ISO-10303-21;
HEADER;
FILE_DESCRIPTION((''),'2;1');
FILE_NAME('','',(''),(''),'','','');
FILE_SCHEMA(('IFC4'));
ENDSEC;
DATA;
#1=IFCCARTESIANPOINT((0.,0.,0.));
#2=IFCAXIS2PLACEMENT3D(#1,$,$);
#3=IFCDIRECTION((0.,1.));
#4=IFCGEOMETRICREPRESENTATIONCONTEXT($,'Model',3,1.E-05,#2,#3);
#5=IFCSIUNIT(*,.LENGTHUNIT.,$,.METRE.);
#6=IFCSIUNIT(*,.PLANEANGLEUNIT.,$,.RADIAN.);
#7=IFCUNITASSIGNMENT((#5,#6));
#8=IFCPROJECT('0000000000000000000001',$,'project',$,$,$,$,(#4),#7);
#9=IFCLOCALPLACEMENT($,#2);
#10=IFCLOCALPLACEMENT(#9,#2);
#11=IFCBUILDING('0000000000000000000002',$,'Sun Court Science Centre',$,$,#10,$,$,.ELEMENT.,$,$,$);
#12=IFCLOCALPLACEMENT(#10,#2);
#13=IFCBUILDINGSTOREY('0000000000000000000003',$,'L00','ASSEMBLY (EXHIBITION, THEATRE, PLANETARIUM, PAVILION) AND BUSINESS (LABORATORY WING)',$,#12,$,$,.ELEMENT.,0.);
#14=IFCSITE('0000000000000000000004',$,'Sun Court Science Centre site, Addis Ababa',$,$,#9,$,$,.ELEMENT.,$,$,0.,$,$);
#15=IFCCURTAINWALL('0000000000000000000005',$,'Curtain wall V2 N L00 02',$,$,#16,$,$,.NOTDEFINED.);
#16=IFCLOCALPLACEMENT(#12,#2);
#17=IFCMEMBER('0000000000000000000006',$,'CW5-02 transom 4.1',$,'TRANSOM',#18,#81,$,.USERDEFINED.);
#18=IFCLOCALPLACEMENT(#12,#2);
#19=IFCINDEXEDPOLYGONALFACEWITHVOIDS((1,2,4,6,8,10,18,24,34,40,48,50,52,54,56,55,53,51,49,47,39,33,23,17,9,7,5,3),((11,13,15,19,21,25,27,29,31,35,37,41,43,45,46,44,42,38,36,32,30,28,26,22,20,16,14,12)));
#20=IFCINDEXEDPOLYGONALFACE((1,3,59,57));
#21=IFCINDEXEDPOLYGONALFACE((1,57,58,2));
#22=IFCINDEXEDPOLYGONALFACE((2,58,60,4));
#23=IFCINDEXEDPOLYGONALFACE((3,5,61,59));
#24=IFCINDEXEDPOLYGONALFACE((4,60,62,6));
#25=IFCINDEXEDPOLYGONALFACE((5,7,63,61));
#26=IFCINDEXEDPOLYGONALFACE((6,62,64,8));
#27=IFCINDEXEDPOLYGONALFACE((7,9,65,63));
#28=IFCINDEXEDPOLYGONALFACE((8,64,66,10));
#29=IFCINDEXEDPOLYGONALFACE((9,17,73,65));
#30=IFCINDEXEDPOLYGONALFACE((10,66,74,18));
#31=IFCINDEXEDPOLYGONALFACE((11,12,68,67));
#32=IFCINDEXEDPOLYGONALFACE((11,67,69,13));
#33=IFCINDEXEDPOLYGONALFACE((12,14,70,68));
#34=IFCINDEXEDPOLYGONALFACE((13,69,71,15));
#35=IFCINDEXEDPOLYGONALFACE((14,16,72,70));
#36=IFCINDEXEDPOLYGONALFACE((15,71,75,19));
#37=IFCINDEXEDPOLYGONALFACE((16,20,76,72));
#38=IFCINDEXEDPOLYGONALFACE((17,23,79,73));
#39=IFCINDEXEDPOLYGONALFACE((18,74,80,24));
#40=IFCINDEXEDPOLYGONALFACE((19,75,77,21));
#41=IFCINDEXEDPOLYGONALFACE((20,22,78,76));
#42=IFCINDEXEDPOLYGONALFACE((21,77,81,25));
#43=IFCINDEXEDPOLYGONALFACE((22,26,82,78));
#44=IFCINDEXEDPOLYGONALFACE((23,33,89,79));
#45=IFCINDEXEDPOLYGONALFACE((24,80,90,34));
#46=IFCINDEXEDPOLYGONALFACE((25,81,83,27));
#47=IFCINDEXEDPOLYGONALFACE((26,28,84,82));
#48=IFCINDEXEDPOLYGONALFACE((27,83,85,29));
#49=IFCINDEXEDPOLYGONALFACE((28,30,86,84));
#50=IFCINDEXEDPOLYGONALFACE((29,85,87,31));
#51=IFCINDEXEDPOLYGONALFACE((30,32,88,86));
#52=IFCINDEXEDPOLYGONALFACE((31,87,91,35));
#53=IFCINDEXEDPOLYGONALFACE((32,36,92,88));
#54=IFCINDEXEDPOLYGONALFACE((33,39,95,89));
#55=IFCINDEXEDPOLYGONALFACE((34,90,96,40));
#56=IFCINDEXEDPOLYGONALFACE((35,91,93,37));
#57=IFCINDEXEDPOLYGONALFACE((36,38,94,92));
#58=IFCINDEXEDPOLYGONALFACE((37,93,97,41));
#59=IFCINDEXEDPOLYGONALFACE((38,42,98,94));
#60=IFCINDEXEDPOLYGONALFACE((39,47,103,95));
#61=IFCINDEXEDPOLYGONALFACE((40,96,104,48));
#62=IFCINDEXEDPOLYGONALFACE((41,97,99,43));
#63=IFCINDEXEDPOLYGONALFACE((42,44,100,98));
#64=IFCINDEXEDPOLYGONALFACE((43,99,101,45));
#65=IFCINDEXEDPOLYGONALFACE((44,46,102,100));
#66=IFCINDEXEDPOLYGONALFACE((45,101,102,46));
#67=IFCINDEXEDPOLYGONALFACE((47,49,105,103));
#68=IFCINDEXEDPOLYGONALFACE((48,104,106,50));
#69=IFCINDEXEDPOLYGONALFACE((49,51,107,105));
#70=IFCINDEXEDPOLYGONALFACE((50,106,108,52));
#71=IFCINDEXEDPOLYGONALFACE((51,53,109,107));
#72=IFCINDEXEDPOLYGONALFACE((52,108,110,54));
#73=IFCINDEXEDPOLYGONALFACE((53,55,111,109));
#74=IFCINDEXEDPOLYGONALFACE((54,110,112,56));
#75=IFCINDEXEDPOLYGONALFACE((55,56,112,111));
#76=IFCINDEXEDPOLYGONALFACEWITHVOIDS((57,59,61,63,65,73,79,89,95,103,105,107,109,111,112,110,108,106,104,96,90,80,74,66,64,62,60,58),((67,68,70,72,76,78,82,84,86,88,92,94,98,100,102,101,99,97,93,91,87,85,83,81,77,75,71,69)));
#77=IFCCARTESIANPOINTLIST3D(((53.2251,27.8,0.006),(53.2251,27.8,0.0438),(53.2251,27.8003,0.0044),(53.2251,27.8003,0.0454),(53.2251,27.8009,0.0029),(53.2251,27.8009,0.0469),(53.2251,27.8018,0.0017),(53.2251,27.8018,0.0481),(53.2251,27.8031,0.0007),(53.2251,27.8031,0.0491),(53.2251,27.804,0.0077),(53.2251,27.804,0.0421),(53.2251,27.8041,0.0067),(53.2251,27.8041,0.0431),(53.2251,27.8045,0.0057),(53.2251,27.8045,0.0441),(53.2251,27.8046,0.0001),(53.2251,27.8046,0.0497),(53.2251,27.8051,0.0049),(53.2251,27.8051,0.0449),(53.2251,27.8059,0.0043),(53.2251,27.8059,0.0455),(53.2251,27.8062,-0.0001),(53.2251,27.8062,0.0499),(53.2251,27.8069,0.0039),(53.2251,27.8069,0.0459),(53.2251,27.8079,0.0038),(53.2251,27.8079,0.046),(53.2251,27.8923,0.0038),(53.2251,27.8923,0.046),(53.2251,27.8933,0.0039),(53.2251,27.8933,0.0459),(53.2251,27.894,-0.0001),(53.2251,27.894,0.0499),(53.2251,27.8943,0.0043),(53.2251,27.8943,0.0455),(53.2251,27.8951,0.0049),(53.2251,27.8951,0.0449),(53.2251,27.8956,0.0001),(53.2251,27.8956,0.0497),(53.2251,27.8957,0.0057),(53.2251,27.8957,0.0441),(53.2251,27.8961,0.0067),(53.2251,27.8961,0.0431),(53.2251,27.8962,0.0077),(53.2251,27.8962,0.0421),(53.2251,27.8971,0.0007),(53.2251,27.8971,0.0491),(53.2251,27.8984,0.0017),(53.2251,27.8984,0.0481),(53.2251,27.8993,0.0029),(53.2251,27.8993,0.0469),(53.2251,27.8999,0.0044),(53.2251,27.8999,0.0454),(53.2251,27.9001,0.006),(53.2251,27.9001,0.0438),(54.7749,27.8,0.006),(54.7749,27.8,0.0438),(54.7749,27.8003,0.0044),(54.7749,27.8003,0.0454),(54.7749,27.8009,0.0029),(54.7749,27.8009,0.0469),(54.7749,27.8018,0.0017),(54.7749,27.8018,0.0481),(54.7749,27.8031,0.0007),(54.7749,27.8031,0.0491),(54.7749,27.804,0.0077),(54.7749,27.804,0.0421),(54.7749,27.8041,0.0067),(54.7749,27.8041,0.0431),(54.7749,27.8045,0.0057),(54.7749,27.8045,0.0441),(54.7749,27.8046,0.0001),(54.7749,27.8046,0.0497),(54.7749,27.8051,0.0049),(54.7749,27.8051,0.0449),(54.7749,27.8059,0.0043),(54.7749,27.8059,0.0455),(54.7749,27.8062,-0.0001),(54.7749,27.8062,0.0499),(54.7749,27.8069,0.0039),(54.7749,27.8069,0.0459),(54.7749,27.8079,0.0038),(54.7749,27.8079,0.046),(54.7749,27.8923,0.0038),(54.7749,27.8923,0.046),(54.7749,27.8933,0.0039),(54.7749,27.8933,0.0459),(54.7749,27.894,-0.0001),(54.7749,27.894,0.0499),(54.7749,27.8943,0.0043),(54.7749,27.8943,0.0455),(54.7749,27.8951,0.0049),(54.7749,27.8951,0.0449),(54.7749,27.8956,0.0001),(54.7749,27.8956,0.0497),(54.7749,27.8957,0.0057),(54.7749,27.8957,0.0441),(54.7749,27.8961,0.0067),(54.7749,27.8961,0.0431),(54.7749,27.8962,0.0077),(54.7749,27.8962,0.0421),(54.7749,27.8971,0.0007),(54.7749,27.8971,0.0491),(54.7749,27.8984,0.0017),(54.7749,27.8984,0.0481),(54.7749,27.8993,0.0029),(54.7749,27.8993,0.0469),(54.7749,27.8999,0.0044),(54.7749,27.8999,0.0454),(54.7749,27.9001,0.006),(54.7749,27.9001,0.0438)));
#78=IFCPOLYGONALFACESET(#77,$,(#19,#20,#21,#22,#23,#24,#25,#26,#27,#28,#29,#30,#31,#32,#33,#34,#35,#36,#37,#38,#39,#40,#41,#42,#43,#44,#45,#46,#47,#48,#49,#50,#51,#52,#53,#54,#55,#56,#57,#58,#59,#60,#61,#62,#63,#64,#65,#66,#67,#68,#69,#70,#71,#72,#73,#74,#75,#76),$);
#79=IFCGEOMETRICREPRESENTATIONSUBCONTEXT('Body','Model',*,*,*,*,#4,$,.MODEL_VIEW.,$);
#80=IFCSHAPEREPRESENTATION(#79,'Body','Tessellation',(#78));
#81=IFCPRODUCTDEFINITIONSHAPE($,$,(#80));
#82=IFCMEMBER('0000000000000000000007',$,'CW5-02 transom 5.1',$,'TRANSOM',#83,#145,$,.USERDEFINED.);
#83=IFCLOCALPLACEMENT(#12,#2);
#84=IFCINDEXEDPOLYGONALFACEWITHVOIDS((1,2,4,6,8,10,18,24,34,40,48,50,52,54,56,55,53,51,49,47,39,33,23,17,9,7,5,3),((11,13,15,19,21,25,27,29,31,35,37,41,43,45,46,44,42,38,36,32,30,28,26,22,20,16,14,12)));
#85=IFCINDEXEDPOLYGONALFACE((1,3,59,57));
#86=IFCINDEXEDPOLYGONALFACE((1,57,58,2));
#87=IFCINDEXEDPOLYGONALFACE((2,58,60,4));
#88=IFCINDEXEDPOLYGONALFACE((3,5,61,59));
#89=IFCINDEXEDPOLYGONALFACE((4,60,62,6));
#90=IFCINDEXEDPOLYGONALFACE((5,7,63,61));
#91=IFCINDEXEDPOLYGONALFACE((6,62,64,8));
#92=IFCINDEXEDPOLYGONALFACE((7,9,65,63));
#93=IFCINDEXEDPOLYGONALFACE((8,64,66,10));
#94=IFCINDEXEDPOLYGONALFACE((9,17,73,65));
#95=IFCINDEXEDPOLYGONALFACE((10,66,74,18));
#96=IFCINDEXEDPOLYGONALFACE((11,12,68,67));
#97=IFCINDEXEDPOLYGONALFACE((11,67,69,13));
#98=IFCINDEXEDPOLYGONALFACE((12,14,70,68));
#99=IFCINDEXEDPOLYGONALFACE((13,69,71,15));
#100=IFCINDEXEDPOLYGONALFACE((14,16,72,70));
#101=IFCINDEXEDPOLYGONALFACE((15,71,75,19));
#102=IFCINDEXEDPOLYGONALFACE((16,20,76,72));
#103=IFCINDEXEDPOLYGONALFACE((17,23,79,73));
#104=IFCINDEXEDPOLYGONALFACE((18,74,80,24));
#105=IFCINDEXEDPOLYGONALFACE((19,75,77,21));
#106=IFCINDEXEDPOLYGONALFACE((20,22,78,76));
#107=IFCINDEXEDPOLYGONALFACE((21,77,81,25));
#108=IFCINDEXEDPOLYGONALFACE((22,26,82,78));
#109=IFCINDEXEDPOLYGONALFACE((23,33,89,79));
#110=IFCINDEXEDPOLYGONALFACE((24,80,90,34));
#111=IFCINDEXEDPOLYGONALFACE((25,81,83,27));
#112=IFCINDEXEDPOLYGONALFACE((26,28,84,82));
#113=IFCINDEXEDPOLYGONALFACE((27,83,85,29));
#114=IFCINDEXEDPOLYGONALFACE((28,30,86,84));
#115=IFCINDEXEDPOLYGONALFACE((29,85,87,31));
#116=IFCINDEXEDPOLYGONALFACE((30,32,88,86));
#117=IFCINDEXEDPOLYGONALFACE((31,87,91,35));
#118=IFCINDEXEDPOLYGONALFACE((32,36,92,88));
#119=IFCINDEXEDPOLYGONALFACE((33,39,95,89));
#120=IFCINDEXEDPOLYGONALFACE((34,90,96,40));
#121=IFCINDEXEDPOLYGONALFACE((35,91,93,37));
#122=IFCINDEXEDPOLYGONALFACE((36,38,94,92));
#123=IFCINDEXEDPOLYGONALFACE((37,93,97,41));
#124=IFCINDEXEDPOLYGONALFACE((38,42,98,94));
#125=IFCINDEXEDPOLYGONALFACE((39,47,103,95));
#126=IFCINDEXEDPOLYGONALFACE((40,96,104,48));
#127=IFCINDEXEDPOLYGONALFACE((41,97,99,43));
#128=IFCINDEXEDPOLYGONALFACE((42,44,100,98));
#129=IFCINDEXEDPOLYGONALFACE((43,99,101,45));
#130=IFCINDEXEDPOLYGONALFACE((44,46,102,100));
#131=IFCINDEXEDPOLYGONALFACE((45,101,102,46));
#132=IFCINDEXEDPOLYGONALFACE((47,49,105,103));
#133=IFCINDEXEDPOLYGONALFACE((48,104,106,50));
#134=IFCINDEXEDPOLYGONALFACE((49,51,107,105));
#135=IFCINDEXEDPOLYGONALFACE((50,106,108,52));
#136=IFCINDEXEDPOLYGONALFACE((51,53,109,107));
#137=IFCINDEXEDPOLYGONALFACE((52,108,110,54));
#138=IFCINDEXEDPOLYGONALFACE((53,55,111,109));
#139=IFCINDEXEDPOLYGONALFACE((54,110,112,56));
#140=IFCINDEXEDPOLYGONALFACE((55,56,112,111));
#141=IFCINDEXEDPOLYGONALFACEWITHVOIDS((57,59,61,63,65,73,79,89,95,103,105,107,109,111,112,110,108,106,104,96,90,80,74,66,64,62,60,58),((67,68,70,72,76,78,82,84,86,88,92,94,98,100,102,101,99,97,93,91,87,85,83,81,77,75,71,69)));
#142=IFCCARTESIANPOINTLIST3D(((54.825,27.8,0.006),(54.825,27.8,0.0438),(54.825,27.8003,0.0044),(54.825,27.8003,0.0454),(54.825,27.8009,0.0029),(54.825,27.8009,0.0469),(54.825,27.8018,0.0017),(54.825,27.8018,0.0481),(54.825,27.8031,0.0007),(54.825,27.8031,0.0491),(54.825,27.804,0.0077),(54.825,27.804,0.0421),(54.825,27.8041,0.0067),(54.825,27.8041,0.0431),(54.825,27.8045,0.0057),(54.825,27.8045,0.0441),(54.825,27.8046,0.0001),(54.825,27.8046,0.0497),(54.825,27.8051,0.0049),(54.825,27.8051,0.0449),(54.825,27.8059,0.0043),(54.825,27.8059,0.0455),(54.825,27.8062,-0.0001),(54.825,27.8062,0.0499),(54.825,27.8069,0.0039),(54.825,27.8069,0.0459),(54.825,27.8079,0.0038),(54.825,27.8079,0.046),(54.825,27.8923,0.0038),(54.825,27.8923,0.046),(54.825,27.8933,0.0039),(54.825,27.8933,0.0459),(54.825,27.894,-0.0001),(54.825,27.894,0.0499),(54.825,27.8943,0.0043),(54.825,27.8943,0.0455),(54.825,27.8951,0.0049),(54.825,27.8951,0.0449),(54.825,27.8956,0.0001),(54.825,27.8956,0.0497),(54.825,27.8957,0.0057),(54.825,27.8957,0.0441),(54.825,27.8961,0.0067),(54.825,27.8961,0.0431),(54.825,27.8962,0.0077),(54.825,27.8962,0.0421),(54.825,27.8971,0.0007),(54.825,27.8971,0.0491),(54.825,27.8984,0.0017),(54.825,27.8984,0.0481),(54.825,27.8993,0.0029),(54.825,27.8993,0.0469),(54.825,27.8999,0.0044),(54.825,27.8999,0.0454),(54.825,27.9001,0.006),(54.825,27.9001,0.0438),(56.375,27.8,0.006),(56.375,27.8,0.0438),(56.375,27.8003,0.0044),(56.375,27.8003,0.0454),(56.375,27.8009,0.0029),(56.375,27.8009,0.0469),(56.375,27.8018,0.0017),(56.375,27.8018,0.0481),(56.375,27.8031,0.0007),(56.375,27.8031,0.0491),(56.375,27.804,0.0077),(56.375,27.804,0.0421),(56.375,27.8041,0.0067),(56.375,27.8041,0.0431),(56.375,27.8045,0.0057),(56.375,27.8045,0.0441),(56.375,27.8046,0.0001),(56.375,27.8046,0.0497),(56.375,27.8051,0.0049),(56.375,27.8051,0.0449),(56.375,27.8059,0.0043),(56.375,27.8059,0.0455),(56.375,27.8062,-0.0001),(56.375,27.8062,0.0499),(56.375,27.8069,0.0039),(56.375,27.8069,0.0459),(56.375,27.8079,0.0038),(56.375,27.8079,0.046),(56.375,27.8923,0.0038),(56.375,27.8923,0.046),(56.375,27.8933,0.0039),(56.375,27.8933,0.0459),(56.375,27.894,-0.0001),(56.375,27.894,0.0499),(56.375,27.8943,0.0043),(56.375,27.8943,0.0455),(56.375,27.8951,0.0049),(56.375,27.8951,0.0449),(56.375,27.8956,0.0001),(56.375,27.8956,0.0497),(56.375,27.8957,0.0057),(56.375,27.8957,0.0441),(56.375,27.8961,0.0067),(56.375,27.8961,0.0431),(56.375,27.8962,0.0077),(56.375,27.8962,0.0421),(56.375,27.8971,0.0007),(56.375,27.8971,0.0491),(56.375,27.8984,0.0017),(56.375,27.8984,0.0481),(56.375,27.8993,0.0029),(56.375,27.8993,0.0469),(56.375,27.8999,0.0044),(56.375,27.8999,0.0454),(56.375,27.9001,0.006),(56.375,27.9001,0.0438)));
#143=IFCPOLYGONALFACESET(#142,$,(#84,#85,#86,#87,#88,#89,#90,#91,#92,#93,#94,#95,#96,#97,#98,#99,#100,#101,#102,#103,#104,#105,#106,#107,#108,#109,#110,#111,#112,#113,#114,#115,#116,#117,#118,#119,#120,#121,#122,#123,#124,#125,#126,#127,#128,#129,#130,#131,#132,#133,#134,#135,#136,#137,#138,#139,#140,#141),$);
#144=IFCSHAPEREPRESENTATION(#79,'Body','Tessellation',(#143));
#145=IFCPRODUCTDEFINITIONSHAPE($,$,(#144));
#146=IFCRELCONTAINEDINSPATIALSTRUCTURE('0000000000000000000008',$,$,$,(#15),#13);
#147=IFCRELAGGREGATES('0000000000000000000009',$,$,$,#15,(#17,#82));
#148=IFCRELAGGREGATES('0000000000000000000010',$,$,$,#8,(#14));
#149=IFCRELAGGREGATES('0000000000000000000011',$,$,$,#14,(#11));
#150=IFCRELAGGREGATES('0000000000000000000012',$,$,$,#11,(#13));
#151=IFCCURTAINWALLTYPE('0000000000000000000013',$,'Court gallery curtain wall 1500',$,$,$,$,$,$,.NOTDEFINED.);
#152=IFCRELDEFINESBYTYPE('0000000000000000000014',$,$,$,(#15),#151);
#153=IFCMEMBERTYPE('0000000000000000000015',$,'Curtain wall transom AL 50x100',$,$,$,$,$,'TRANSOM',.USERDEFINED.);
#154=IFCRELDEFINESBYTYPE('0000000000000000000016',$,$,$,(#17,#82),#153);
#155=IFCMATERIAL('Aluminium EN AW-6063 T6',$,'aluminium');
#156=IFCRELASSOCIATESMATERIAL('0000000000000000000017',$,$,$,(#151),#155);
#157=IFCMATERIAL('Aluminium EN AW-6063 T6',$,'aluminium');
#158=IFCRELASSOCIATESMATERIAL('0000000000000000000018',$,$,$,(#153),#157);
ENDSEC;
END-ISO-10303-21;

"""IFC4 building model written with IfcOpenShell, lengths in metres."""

from ifc_helpers import new_model, si_unit, direction, frame, origin, origin_2d, place, context, subcontext, project, spatial, hollow_rectangle, extrude, material, material_profile, profile_set, type_object, element, aggregate, save


model = new_model("IFC4")

# Units and contexts
model_context = context("Model", 3, precision=1e-05, world=origin(), true_north=direction((0.0, 1.0)))
body_context = subcontext(model_context, "Body", "Model", "MODEL_VIEW")
ifc_project = project(units=[si_unit("LENGTHUNIT", "METRE"), si_unit("PLANEANGLEUNIT", "RADIAN")], contexts=[model_context])

# Site, building, storey
site_placement = place(None, origin())
site = spatial("IfcSite", under=ifc_project, at=site_placement, Name="Sun Court Science Centre site, Addis Ababa", CompositionType="ELEMENT", RefElevation=0.0)
building_placement = place(site_placement, origin())
building = spatial("IfcBuilding", under=site, at=building_placement, Name="Sun Court Science Centre", CompositionType="ELEMENT")
storey_placement = place(building_placement, origin())
storey = spatial("IfcBuildingStorey", under=building, at=storey_placement, Name="L00", Description="ASSEMBLY (EXHIBITION, THEATRE, PLANETARIUM, PAVILION) AND BUSINESS (LABORATORY WING)", CompositionType="ELEMENT", Elevation=0.0)

# Curtain wall, members
ifc_material_1 = material(Name="Aluminium EN AW-6063 T6", Category="aluminium")
curtain_wall_type = type_object("IfcCurtainWallType", Name="Court gallery curtain wall 1500", PredefinedType="NOTDEFINED", material=ifc_material_1)
curtain_wall_placement = place(storey_placement, origin())
curtain_wall = element("IfcCurtainWall", 1, at=curtain_wall_placement, inside=storey, type_object=curtain_wall_type, Name="Curtain wall V2 N L00 02", PredefinedType="NOTDEFINED")
ifc_material_2 = material(Name="Aluminium EN AW-6063 T6", Category="aluminium")
ifc_material_profile_1 = material_profile(ifc_material_2, hollow_rectangle(XDim=0.05, YDim=0.1001, WallThickness=0.0039, InnerFilletRadius=0.0039, OuterFilletRadius=0.0061, at=origin_2d()), Name="AL 50x100x4")
ifc_profile_set_1 = profile_set([ifc_material_profile_1], Name="Aluminium EN AW-6063 T6")
member_type_1 = type_object("IfcMemberType", Name="Curtain wall transom AL 50x100", ElementType="TRANSOM", PredefinedType="USERDEFINED", material=ifc_profile_set_1)
member_1_placement = place(storey_placement, frame((53.2251, 27.8501, 0.0249), z_axis=(1.0, 0.0, 0.0), x_axis=(0.0, 0.0, 1.0)))
member_1 = element("IfcMember", 2, at=member_1_placement, type_object=member_type_1, Name="CW5-02 transom 4.1", ObjectType="TRANSOM", PredefinedType="USERDEFINED", context=body_context, shape_type="SweptSolid", body=[
    extrude(hollow_rectangle(XDim=0.05, YDim=0.1001, WallThickness=0.0039, InnerFilletRadius=0.0039, OuterFilletRadius=0.0061, at=origin_2d()), origin(), (0.0, 0.0, 1.0), 1.5498),
])
member_2_placement = place(storey_placement, frame((54.825, 27.8501, 0.0249), z_axis=(1.0, 0.0, 0.0), x_axis=(0.0, 0.0, 1.0)))
member_2 = element("IfcMember", 3, at=member_2_placement, type_object=member_type_1, Name="CW5-02 transom 5.1", ObjectType="TRANSOM", PredefinedType="USERDEFINED", context=body_context, shape_type="SweptSolid", body=[
    extrude(hollow_rectangle(XDim=0.05, YDim=0.1001, WallThickness=0.0039, InnerFilletRadius=0.0039, OuterFilletRadius=0.0061, at=origin_2d()), origin(), (0.0, 0.0, 1.0), 1.55),
])
aggregate(curtain_wall, [member_1, member_2])

save(model, "model.ifc")
